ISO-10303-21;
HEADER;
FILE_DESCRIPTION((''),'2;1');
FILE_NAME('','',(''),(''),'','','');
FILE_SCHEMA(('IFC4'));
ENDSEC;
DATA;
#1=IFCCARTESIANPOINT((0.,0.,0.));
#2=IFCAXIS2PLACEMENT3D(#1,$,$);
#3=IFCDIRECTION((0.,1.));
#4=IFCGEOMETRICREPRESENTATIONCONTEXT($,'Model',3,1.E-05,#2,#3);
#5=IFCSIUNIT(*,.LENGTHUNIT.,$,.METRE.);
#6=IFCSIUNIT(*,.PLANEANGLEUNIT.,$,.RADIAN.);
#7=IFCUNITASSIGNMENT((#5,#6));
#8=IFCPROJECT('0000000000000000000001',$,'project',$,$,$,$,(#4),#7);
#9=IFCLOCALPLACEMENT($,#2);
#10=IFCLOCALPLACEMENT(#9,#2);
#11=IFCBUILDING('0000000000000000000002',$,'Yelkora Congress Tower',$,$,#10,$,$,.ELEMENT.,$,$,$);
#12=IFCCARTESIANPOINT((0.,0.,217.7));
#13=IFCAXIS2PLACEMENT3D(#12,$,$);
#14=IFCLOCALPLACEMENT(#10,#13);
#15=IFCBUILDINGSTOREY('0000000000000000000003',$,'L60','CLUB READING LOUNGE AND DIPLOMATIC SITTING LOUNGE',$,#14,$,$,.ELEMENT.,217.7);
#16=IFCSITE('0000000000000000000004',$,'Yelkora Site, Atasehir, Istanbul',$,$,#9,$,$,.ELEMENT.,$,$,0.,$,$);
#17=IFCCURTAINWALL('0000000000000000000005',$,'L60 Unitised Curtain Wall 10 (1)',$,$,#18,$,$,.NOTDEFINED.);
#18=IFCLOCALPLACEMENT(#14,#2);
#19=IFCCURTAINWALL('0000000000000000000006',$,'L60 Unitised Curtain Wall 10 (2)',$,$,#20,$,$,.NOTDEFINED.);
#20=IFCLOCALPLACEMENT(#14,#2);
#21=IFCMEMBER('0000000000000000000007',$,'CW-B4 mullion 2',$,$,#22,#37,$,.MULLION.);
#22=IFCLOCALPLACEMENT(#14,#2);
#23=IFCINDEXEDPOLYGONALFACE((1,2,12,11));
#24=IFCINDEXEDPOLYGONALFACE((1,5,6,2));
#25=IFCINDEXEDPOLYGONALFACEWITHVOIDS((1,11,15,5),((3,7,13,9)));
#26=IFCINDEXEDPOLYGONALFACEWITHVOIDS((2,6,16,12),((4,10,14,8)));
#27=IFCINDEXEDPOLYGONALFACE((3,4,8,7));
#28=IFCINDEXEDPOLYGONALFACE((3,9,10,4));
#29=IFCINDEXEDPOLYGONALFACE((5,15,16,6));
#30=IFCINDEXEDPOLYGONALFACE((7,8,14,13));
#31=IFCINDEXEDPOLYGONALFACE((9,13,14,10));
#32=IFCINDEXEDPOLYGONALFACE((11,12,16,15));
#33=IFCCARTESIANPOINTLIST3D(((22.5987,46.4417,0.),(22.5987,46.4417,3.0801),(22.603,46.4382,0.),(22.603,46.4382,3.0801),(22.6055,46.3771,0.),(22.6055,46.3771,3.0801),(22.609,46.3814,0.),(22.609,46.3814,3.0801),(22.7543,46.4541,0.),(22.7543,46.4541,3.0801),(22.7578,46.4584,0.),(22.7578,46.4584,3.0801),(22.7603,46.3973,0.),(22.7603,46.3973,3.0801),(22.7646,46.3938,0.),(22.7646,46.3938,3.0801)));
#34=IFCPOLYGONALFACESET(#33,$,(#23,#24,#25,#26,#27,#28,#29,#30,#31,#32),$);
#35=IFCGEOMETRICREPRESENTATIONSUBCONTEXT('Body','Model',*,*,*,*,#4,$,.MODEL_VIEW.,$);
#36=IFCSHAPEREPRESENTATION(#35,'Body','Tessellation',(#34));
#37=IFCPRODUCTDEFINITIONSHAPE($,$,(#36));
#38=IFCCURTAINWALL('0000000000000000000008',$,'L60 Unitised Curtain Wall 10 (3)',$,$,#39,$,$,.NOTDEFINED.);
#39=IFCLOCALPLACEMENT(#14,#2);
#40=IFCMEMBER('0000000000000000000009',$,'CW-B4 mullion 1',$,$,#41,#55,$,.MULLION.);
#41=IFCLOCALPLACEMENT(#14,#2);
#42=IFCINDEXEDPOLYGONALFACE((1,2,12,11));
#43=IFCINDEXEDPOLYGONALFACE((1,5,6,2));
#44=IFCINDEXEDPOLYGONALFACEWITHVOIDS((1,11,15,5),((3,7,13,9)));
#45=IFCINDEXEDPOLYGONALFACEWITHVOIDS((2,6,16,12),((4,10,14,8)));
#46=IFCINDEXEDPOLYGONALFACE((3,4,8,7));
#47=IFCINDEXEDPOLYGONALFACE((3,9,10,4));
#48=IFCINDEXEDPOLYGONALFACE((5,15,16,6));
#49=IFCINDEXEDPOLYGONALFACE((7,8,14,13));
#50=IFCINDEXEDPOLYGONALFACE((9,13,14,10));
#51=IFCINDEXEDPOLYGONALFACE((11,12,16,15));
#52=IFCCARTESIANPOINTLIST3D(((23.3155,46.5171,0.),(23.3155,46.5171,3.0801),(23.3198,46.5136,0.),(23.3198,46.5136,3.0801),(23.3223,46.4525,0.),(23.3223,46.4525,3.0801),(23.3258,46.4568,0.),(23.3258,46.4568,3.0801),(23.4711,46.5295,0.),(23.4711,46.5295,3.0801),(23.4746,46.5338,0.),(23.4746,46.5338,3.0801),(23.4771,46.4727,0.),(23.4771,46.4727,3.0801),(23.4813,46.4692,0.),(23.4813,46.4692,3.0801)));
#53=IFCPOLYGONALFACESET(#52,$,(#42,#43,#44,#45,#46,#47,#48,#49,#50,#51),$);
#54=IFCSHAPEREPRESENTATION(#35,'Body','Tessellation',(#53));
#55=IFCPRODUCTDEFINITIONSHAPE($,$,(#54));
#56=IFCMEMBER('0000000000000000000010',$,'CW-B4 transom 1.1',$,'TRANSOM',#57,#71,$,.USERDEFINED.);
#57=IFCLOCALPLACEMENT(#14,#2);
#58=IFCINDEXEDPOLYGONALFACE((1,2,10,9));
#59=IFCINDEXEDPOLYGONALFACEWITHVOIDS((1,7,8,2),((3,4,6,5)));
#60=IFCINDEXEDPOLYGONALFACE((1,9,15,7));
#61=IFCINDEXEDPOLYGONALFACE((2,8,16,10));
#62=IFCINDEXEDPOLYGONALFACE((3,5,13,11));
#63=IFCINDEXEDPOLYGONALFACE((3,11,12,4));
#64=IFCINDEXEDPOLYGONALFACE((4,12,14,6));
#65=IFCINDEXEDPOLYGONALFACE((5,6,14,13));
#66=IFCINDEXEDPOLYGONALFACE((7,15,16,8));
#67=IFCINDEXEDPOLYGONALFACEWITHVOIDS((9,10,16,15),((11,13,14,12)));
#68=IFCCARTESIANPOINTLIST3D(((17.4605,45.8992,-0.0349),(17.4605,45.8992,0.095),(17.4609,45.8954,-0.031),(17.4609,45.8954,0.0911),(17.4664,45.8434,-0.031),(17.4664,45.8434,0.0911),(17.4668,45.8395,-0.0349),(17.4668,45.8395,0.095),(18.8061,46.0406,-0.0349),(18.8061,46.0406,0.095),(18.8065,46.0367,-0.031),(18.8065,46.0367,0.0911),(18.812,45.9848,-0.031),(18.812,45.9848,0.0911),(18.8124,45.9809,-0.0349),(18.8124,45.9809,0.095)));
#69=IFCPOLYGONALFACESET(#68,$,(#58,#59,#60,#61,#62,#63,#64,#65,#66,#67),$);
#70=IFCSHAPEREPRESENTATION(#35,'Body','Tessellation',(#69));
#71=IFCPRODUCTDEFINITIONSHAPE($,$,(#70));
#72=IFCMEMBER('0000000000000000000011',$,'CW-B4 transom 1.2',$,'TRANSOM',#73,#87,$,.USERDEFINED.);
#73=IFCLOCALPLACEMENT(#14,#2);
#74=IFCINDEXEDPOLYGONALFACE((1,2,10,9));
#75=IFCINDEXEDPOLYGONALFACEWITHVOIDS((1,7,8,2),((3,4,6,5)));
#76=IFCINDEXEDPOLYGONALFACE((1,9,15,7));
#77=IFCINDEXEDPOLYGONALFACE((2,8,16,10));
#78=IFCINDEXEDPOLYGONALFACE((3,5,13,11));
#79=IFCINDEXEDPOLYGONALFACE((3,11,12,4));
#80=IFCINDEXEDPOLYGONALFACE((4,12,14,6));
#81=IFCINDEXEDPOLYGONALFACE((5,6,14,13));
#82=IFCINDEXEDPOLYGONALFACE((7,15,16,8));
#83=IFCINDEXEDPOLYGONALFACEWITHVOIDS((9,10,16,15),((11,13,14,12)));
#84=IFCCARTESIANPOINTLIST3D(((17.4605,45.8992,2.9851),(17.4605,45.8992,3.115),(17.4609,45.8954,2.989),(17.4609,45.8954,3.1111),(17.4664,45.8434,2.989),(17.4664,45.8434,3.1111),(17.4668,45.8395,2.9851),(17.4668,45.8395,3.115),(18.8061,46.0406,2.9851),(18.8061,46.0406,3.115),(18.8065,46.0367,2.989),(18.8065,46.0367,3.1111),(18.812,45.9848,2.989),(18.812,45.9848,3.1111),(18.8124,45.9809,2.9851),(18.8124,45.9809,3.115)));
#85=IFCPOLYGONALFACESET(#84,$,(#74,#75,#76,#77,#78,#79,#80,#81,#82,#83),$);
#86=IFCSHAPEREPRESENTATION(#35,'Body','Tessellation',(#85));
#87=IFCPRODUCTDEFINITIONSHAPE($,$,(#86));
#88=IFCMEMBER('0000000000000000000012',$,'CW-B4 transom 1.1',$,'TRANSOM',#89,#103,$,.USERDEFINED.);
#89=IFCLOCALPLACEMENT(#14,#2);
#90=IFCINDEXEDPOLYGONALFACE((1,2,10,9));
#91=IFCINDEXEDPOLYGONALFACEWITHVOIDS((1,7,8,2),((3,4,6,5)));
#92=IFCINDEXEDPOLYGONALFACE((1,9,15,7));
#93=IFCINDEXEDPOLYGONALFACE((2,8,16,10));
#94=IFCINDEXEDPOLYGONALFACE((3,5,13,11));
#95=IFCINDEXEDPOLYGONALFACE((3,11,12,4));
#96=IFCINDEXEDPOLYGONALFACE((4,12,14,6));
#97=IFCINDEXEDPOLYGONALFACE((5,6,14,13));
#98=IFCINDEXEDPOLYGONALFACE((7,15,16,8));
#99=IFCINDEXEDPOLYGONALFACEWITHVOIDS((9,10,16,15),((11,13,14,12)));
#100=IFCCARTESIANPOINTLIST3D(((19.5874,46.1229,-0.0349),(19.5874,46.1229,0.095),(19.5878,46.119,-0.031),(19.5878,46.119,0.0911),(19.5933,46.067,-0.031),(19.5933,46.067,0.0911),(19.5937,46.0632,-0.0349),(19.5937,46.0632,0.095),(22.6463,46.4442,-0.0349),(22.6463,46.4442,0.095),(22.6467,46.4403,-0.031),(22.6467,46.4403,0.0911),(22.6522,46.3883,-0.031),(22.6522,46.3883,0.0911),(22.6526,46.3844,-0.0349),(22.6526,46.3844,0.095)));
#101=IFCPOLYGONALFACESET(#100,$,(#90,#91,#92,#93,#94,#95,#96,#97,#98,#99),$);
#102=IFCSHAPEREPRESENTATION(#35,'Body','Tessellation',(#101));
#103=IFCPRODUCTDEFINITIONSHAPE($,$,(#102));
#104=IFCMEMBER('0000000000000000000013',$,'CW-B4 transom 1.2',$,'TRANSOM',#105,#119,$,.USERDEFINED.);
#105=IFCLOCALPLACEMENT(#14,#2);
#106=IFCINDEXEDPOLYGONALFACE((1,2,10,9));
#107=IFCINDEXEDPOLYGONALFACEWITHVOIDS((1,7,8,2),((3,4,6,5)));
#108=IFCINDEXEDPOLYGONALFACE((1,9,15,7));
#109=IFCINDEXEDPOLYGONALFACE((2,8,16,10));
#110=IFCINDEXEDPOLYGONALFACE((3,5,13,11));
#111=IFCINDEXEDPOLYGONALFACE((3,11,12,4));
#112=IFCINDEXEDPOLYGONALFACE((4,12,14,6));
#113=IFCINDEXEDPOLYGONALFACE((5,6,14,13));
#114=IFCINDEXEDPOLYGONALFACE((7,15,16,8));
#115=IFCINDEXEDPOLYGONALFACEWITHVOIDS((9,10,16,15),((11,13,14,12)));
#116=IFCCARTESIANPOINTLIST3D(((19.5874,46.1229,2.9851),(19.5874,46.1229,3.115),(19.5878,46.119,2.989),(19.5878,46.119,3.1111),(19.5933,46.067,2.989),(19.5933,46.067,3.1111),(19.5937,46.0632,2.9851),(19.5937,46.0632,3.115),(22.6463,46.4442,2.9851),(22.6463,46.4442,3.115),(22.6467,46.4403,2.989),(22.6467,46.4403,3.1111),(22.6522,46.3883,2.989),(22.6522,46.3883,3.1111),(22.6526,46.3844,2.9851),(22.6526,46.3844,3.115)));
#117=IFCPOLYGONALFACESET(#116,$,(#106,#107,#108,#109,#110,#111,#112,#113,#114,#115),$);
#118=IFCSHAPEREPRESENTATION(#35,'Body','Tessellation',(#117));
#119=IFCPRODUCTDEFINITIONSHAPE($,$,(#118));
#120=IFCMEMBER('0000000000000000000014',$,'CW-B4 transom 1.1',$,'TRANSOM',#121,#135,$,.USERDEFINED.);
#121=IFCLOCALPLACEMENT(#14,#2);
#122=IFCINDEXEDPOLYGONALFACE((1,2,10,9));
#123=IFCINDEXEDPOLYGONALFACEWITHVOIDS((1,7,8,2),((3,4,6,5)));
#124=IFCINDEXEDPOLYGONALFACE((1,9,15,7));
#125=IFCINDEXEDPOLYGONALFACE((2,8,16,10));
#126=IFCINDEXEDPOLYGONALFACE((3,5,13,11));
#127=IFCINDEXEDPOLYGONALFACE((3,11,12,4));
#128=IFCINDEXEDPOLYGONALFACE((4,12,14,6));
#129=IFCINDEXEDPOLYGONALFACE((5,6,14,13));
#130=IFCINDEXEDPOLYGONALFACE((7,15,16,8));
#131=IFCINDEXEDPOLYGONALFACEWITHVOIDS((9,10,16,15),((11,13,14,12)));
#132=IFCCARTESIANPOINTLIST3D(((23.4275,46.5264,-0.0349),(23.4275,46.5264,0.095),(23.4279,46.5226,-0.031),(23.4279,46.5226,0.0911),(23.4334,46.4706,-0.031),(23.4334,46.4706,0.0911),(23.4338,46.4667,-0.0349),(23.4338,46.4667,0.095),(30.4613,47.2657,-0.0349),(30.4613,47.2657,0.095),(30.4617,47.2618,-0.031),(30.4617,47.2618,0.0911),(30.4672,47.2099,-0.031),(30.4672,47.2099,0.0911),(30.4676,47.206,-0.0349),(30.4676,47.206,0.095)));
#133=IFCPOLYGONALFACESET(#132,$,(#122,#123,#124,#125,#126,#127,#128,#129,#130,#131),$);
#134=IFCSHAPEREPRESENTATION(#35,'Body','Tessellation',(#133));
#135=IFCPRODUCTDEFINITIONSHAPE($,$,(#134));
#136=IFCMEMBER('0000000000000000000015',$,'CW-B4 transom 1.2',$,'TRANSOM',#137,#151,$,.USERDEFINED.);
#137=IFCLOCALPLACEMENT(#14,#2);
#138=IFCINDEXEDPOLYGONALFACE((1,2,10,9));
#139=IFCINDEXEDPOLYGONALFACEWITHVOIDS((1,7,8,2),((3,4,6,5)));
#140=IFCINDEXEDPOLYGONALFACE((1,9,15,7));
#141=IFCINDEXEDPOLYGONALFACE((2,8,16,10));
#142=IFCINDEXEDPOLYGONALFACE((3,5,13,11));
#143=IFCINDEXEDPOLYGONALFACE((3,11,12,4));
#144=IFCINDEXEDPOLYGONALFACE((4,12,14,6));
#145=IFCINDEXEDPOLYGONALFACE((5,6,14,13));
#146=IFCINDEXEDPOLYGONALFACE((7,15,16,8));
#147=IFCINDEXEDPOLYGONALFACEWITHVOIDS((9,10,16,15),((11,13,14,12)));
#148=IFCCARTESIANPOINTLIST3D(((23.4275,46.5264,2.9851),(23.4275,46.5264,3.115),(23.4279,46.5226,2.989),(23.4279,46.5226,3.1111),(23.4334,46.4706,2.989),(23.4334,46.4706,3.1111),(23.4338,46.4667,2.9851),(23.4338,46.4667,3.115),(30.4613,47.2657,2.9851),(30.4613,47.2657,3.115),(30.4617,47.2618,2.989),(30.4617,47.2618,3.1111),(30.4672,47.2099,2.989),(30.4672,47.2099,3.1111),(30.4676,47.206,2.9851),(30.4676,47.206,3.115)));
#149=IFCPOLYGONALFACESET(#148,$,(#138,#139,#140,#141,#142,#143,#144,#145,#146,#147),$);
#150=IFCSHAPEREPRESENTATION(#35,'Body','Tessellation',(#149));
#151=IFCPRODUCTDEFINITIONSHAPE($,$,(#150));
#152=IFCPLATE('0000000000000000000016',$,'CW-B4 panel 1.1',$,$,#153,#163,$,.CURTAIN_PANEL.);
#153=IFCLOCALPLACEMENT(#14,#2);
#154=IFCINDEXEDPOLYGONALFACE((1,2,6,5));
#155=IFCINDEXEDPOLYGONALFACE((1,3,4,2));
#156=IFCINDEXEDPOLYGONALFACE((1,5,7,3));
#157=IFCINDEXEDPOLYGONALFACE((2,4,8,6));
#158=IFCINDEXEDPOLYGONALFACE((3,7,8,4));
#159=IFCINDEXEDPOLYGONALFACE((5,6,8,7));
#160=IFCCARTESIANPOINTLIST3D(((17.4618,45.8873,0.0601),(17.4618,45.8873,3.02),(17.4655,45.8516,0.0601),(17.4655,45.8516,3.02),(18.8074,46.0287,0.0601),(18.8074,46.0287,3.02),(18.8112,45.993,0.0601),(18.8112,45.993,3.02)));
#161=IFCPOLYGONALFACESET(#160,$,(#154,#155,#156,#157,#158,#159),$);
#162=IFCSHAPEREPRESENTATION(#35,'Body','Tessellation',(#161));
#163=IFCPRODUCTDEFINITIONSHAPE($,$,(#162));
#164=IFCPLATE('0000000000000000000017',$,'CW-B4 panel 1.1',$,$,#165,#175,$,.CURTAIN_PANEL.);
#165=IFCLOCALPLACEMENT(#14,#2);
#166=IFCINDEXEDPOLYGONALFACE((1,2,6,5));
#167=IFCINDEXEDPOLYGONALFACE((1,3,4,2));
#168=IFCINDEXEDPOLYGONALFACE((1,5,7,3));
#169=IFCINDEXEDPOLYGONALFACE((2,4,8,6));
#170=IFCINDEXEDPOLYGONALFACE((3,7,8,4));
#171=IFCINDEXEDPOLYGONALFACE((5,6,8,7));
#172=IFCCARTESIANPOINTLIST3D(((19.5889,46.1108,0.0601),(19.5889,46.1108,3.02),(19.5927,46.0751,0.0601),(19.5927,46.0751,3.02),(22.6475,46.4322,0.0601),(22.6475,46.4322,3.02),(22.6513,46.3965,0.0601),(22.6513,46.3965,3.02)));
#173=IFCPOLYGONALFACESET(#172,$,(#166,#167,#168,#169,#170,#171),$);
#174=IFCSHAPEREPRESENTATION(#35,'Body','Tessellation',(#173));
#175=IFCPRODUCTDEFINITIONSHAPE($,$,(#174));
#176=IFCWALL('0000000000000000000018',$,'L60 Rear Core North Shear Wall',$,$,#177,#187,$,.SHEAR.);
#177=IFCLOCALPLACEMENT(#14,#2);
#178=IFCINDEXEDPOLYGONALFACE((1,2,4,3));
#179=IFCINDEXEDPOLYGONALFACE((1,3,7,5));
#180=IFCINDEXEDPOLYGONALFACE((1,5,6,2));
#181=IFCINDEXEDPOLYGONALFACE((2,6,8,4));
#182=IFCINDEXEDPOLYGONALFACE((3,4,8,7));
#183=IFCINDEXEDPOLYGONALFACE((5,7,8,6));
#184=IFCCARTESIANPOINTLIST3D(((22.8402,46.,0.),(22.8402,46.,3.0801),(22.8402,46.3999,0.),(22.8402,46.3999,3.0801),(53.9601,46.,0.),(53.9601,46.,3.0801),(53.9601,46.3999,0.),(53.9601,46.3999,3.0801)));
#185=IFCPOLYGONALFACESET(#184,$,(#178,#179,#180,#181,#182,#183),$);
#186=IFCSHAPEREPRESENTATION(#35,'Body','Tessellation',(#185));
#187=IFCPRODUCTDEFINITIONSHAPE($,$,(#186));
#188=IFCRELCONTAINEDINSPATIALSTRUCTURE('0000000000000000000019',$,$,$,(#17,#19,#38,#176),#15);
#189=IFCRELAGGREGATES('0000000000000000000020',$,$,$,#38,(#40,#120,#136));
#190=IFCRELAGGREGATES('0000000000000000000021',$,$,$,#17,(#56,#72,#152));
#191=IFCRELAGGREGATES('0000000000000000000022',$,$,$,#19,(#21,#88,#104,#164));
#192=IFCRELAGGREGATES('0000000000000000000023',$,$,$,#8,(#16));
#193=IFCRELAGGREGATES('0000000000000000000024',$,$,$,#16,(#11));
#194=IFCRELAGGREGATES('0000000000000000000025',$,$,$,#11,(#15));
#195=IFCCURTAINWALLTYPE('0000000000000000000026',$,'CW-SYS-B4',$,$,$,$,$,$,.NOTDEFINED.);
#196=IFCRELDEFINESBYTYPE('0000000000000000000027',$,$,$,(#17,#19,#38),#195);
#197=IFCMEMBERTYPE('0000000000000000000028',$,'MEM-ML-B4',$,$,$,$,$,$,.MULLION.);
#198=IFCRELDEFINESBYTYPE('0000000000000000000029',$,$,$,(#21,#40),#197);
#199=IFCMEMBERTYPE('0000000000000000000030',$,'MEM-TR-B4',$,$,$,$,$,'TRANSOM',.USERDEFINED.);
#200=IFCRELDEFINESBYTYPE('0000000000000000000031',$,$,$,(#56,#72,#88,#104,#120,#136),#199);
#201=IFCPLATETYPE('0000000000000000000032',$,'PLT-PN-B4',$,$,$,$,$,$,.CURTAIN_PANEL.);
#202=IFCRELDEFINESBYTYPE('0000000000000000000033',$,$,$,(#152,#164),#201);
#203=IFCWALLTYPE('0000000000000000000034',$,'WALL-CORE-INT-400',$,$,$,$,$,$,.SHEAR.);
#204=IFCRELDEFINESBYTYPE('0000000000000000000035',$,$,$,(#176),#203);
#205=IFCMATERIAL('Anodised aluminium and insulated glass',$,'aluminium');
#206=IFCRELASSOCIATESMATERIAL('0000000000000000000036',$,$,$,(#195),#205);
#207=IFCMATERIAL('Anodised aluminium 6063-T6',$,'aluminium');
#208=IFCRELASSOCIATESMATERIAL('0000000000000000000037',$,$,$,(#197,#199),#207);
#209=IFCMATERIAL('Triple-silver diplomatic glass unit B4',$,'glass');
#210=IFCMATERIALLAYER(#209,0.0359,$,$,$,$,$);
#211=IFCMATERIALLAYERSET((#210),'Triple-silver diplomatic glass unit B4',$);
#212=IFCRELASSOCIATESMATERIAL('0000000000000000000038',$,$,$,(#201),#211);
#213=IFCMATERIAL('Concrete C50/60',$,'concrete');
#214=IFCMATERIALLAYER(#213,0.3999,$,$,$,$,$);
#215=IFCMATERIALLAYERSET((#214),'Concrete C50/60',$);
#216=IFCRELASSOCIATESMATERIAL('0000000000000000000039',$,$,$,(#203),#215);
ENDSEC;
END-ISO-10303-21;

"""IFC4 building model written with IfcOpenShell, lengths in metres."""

from ifc_helpers import new_model, si_unit, direction, frame, frame_2d, origin, origin_2d, place, context, subcontext, project, spatial, rectangle, hollow_rectangle, extrude, material, layer, layer_set, material_profile, profile_set, type_object, element, aggregate, save


model = new_model("IFC4")

# Units and contexts
model_context = context("Model", 3, precision=1e-05, world=origin(), true_north=direction((0.0, 1.0)))
body_context = subcontext(model_context, "Body", "Model", "MODEL_VIEW")
ifc_project = project(units=[si_unit("LENGTHUNIT", "METRE"), si_unit("PLANEANGLEUNIT", "RADIAN")], contexts=[model_context])

# Site, building, storey
site_placement = place(None, origin())
site = spatial("IfcSite", under=ifc_project, at=site_placement, Name="Yelkora Site, Atasehir, Istanbul", CompositionType="ELEMENT", RefElevation=0.0)
building_placement = place(site_placement, origin())
building = spatial("IfcBuilding", under=site, at=building_placement, Name="Yelkora Congress Tower", CompositionType="ELEMENT")
storey_placement = place(building_placement, frame((0.0, 0.0, 217.7)))
storey = spatial("IfcBuildingStorey", under=building, at=storey_placement, Name="L60", Description="CLUB READING LOUNGE AND DIPLOMATIC SITTING LOUNGE", CompositionType="ELEMENT", Elevation=217.7)

# Curtain walls, member
ifc_material_1 = material(Name="Anodised aluminium and insulated glass", Category="aluminium")
curtain_wall_type = type_object("IfcCurtainWallType", Name="CW-SYS-B4", PredefinedType="NOTDEFINED", material=ifc_material_1)
curtain_wall_1_placement = place(storey_placement, origin())
curtain_wall_1 = element("IfcCurtainWall", 1, at=curtain_wall_1_placement, inside=storey, type_object=curtain_wall_type, Name="L60 Unitised Curtain Wall 10 (1)", PredefinedType="NOTDEFINED")
ifc_material_2 = material(Name="Anodised aluminium 6063-T6", Category="aluminium")
ifc_material_profile_1 = material_profile(ifc_material_2, hollow_rectangle(XDim=0.0649, YDim=0.1599, WallThickness=0.0039, at=origin_2d()), Name="ALU 65x160x4")
ifc_profile_set_1 = profile_set([ifc_material_profile_1], Name="Anodised aluminium 6063-T6")
member_type_1 = type_object("IfcMemberType", Name="MEM-ML-B4", PredefinedType="MULLION", material=ifc_profile_set_1)
curtain_wall_2_placement = place(storey_placement, origin())
curtain_wall_2 = element("IfcCurtainWall", 2, at=curtain_wall_2_placement, inside=storey, type_object=curtain_wall_type, Name="L60 Unitised Curtain Wall 10 (2)", PredefinedType="NOTDEFINED")
member_1_placement = place(storey_placement, frame((22.6816, 46.4177, 0.0), z_axis=(0.0, 0.0, 1.0), x_axis=(-0.104506, 0.994524, 0.0)))
member_1 = element("IfcMember", 3, at=member_1_placement, type_object=member_type_1, Name="CW-B4 mullion 2", PredefinedType="MULLION", context=body_context, shape_type="SweptSolid", body=[
    extrude(hollow_rectangle(XDim=0.0649, YDim=0.1599, WallThickness=0.0039, at=origin_2d()), origin(), (0.0, 0.0, 1.0), 3.0801),
])

# Curtain wall, member
curtain_wall_3_placement = place(storey_placement, origin())
curtain_wall_3 = element("IfcCurtainWall", 4, at=curtain_wall_3_placement, inside=storey, type_object=curtain_wall_type, Name="L60 Unitised Curtain Wall 10 (3)", PredefinedType="NOTDEFINED")
member_2_placement = place(storey_placement, frame((23.3984, 46.4932, 0.0), z_axis=(0.0, 0.0, 1.0), x_axis=(-0.104528, 0.994522, 0.0)))
member_2 = element("IfcMember", 5, at=member_2_placement, type_object=member_type_1, Name="CW-B4 mullion 1", PredefinedType="MULLION", context=body_context, shape_type="SweptSolid", body=[
    extrude(hollow_rectangle(XDim=0.0649, YDim=0.1599, WallThickness=0.0039, at=origin_2d()), origin(), (0.0, 0.0, 1.0), 3.0801),
])

# Members
ifc_material_profile_2 = material_profile(ifc_material_2, hollow_rectangle(XDim=0.0601, YDim=0.1299, WallThickness=0.0039, at=origin_2d()), Name="ALU 60x130x4")
ifc_profile_set_2 = profile_set([ifc_material_profile_2], Name="Anodised aluminium 6063-T6")
member_type_2 = type_object("IfcMemberType", Name="MEM-TR-B4", ElementType="TRANSOM", PredefinedType="USERDEFINED", material=ifc_profile_set_2)
member_3_placement = place(storey_placement, frame((17.4636, 45.8694, 0.03), z_axis=(0.994528, 0.104469, 0.0), x_axis=(-0.104469, 0.994528, 0.0)))
member_3 = element("IfcMember", 6, at=member_3_placement, type_object=member_type_2, Name="CW-B4 transom 1.1", ObjectType="TRANSOM", PredefinedType="USERDEFINED", context=body_context, shape_type="SweptSolid", body=[
    extrude(hollow_rectangle(XDim=0.0601, YDim=0.1299, WallThickness=0.0039, at=origin_2d()), origin(), (0.0, 0.0, 1.0), 1.353),
])
member_4_placement = place(storey_placement, frame((17.4636, 45.8694, 3.05), z_axis=(0.994528, 0.104469, 0.0), x_axis=(-0.104469, 0.994528, 0.0)))
member_4 = element("IfcMember", 7, at=member_4_placement, type_object=member_type_2, Name="CW-B4 transom 1.2", ObjectType="TRANSOM", PredefinedType="USERDEFINED", context=body_context, shape_type="SweptSolid", body=[
    extrude(hollow_rectangle(XDim=0.0601, YDim=0.1299, WallThickness=0.0039, at=origin_2d()), origin(), (0.0, 0.0, 1.0), 1.353),
])
member_5_placement = place(storey_placement, frame((19.5906, 46.093, 0.03), z_axis=(0.994529, 0.104462, 0.0), x_axis=(-0.104462, 0.994529, 0.0)))
member_5 = element("IfcMember", 8, at=member_5_placement, type_object=member_type_2, Name="CW-B4 transom 1.1", ObjectType="TRANSOM", PredefinedType="USERDEFINED", context=body_context, shape_type="SweptSolid", body=[
    extrude(hollow_rectangle(XDim=0.0601, YDim=0.1299, WallThickness=0.0039, at=origin_2d()), origin(), (0.0, 0.0, 1.0), 3.0757),
])
member_6_placement = place(storey_placement, frame((19.5906, 46.093, 3.05), z_axis=(0.994529, 0.104462, 0.0), x_axis=(-0.104462, 0.994529, 0.0)))
member_6 = element("IfcMember", 9, at=member_6_placement, type_object=member_type_2, Name="CW-B4 transom 1.2", ObjectType="TRANSOM", PredefinedType="USERDEFINED", context=body_context, shape_type="SweptSolid", body=[
    extrude(hollow_rectangle(XDim=0.0601, YDim=0.1299, WallThickness=0.0039, at=origin_2d()), origin(), (0.0, 0.0, 1.0), 3.0757),
])
member_7_placement = place(storey_placement, frame((23.4307, 46.4966, 0.03), z_axis=(0.994522, 0.104527, 0.0), x_axis=(-0.104527, 0.994522, 0.0)))
member_7 = element("IfcMember", 10, at=member_7_placement, type_object=member_type_2, Name="CW-B4 transom 1.1", ObjectType="TRANSOM", PredefinedType="USERDEFINED", context=body_context, shape_type="SweptSolid", body=[
    extrude(hollow_rectangle(XDim=0.0601, YDim=0.1299, WallThickness=0.0039, at=origin_2d()), origin(), (0.0, 0.0, 1.0), 7.0725),
])
member_8_placement = place(storey_placement, frame((23.4307, 46.4966, 3.05), z_axis=(0.994522, 0.104527, 0.0), x_axis=(-0.104527, 0.994522, 0.0)))
member_8 = element("IfcMember", 11, at=member_8_placement, type_object=member_type_2, Name="CW-B4 transom 1.2", ObjectType="TRANSOM", PredefinedType="USERDEFINED", context=body_context, shape_type="SweptSolid", body=[
    extrude(hollow_rectangle(XDim=0.0601, YDim=0.1299, WallThickness=0.0039, at=origin_2d()), origin(), (0.0, 0.0, 1.0), 7.0725),
])
aggregate(curtain_wall_3, [member_2, member_7, member_8])

# Plates
ifc_material_3 = material(Name="Triple-silver diplomatic glass unit B4", Category="glass")
ifc_layer_1 = layer(ifc_material_3, 0.0359)
ifc_layer_set_1 = layer_set([ifc_layer_1], Name="Triple-silver diplomatic glass unit B4")
plate_type = type_object("IfcPlateType", Name="PLT-PN-B4", PredefinedType="CURTAIN_PANEL", material=ifc_layer_set_1)
plate_1_placement = place(storey_placement, frame((18.1365, 45.9402, 0.0601), z_axis=(0.0, 0.0, 1.0), x_axis=(0.994524, 0.104509, 0.0)))
plate_1 = element("IfcPlate", 12, at=plate_1_placement, type_object=plate_type, Name="CW-B4 panel 1.1", PredefinedType="CURTAIN_PANEL", context=body_context, shape_type="SweptSolid", body=[
    extrude(rectangle(XDim=1.353, YDim=0.0359, at=origin_2d()), origin(), (0.0, 0.0, 1.0), 2.96),
])
aggregate(curtain_wall_1, [member_3, member_4, plate_1])
plate_2_placement = place(storey_placement, frame((21.1201, 46.2537, 0.0601), z_axis=(0.0, 0.0, 1.0), x_axis=(0.994524, 0.104506, 0.0)))
plate_2 = element("IfcPlate", 13, at=plate_2_placement, type_object=plate_type, Name="CW-B4 panel 1.1", PredefinedType="CURTAIN_PANEL", context=body_context, shape_type="SweptSolid", body=[
    extrude(rectangle(XDim=3.0754, YDim=0.0359, at=origin_2d()), origin(), (0.0, 0.0, 1.0), 2.96),
])
aggregate(curtain_wall_2, [member_1, member_5, member_6, plate_2])

# Wall
ifc_material_4 = material(Name="Concrete C50/60", Category="concrete")
ifc_layer_2 = layer(ifc_material_4, 0.3999)
ifc_layer_set_2 = layer_set([ifc_layer_2], Name="Concrete C50/60")
wall_type_1 = type_object("IfcWallType", Name="WALL-CORE-INT-400", PredefinedType="SHEAR", material=ifc_layer_set_2)
wall_1_placement = place(storey_placement, frame((22.8401, 46.2, 0.0), z_axis=(0.0, 0.0, 1.0), x_axis=(1.0, 0.0, 0.0)))
element("IfcWall", 14, at=wall_1_placement, inside=storey, type_object=wall_type_1, Name="L60 Rear Core North Shear Wall", PredefinedType="SHEAR", context=body_context, shape_type="SweptSolid", body=[
    extrude(rectangle(XDim=31.1199, YDim=0.3999, at=frame_2d((15.5601, 0.0))), origin(), (0.0, 0.0, 1.0), 3.0801),
])

save(model, "model.ifc")
